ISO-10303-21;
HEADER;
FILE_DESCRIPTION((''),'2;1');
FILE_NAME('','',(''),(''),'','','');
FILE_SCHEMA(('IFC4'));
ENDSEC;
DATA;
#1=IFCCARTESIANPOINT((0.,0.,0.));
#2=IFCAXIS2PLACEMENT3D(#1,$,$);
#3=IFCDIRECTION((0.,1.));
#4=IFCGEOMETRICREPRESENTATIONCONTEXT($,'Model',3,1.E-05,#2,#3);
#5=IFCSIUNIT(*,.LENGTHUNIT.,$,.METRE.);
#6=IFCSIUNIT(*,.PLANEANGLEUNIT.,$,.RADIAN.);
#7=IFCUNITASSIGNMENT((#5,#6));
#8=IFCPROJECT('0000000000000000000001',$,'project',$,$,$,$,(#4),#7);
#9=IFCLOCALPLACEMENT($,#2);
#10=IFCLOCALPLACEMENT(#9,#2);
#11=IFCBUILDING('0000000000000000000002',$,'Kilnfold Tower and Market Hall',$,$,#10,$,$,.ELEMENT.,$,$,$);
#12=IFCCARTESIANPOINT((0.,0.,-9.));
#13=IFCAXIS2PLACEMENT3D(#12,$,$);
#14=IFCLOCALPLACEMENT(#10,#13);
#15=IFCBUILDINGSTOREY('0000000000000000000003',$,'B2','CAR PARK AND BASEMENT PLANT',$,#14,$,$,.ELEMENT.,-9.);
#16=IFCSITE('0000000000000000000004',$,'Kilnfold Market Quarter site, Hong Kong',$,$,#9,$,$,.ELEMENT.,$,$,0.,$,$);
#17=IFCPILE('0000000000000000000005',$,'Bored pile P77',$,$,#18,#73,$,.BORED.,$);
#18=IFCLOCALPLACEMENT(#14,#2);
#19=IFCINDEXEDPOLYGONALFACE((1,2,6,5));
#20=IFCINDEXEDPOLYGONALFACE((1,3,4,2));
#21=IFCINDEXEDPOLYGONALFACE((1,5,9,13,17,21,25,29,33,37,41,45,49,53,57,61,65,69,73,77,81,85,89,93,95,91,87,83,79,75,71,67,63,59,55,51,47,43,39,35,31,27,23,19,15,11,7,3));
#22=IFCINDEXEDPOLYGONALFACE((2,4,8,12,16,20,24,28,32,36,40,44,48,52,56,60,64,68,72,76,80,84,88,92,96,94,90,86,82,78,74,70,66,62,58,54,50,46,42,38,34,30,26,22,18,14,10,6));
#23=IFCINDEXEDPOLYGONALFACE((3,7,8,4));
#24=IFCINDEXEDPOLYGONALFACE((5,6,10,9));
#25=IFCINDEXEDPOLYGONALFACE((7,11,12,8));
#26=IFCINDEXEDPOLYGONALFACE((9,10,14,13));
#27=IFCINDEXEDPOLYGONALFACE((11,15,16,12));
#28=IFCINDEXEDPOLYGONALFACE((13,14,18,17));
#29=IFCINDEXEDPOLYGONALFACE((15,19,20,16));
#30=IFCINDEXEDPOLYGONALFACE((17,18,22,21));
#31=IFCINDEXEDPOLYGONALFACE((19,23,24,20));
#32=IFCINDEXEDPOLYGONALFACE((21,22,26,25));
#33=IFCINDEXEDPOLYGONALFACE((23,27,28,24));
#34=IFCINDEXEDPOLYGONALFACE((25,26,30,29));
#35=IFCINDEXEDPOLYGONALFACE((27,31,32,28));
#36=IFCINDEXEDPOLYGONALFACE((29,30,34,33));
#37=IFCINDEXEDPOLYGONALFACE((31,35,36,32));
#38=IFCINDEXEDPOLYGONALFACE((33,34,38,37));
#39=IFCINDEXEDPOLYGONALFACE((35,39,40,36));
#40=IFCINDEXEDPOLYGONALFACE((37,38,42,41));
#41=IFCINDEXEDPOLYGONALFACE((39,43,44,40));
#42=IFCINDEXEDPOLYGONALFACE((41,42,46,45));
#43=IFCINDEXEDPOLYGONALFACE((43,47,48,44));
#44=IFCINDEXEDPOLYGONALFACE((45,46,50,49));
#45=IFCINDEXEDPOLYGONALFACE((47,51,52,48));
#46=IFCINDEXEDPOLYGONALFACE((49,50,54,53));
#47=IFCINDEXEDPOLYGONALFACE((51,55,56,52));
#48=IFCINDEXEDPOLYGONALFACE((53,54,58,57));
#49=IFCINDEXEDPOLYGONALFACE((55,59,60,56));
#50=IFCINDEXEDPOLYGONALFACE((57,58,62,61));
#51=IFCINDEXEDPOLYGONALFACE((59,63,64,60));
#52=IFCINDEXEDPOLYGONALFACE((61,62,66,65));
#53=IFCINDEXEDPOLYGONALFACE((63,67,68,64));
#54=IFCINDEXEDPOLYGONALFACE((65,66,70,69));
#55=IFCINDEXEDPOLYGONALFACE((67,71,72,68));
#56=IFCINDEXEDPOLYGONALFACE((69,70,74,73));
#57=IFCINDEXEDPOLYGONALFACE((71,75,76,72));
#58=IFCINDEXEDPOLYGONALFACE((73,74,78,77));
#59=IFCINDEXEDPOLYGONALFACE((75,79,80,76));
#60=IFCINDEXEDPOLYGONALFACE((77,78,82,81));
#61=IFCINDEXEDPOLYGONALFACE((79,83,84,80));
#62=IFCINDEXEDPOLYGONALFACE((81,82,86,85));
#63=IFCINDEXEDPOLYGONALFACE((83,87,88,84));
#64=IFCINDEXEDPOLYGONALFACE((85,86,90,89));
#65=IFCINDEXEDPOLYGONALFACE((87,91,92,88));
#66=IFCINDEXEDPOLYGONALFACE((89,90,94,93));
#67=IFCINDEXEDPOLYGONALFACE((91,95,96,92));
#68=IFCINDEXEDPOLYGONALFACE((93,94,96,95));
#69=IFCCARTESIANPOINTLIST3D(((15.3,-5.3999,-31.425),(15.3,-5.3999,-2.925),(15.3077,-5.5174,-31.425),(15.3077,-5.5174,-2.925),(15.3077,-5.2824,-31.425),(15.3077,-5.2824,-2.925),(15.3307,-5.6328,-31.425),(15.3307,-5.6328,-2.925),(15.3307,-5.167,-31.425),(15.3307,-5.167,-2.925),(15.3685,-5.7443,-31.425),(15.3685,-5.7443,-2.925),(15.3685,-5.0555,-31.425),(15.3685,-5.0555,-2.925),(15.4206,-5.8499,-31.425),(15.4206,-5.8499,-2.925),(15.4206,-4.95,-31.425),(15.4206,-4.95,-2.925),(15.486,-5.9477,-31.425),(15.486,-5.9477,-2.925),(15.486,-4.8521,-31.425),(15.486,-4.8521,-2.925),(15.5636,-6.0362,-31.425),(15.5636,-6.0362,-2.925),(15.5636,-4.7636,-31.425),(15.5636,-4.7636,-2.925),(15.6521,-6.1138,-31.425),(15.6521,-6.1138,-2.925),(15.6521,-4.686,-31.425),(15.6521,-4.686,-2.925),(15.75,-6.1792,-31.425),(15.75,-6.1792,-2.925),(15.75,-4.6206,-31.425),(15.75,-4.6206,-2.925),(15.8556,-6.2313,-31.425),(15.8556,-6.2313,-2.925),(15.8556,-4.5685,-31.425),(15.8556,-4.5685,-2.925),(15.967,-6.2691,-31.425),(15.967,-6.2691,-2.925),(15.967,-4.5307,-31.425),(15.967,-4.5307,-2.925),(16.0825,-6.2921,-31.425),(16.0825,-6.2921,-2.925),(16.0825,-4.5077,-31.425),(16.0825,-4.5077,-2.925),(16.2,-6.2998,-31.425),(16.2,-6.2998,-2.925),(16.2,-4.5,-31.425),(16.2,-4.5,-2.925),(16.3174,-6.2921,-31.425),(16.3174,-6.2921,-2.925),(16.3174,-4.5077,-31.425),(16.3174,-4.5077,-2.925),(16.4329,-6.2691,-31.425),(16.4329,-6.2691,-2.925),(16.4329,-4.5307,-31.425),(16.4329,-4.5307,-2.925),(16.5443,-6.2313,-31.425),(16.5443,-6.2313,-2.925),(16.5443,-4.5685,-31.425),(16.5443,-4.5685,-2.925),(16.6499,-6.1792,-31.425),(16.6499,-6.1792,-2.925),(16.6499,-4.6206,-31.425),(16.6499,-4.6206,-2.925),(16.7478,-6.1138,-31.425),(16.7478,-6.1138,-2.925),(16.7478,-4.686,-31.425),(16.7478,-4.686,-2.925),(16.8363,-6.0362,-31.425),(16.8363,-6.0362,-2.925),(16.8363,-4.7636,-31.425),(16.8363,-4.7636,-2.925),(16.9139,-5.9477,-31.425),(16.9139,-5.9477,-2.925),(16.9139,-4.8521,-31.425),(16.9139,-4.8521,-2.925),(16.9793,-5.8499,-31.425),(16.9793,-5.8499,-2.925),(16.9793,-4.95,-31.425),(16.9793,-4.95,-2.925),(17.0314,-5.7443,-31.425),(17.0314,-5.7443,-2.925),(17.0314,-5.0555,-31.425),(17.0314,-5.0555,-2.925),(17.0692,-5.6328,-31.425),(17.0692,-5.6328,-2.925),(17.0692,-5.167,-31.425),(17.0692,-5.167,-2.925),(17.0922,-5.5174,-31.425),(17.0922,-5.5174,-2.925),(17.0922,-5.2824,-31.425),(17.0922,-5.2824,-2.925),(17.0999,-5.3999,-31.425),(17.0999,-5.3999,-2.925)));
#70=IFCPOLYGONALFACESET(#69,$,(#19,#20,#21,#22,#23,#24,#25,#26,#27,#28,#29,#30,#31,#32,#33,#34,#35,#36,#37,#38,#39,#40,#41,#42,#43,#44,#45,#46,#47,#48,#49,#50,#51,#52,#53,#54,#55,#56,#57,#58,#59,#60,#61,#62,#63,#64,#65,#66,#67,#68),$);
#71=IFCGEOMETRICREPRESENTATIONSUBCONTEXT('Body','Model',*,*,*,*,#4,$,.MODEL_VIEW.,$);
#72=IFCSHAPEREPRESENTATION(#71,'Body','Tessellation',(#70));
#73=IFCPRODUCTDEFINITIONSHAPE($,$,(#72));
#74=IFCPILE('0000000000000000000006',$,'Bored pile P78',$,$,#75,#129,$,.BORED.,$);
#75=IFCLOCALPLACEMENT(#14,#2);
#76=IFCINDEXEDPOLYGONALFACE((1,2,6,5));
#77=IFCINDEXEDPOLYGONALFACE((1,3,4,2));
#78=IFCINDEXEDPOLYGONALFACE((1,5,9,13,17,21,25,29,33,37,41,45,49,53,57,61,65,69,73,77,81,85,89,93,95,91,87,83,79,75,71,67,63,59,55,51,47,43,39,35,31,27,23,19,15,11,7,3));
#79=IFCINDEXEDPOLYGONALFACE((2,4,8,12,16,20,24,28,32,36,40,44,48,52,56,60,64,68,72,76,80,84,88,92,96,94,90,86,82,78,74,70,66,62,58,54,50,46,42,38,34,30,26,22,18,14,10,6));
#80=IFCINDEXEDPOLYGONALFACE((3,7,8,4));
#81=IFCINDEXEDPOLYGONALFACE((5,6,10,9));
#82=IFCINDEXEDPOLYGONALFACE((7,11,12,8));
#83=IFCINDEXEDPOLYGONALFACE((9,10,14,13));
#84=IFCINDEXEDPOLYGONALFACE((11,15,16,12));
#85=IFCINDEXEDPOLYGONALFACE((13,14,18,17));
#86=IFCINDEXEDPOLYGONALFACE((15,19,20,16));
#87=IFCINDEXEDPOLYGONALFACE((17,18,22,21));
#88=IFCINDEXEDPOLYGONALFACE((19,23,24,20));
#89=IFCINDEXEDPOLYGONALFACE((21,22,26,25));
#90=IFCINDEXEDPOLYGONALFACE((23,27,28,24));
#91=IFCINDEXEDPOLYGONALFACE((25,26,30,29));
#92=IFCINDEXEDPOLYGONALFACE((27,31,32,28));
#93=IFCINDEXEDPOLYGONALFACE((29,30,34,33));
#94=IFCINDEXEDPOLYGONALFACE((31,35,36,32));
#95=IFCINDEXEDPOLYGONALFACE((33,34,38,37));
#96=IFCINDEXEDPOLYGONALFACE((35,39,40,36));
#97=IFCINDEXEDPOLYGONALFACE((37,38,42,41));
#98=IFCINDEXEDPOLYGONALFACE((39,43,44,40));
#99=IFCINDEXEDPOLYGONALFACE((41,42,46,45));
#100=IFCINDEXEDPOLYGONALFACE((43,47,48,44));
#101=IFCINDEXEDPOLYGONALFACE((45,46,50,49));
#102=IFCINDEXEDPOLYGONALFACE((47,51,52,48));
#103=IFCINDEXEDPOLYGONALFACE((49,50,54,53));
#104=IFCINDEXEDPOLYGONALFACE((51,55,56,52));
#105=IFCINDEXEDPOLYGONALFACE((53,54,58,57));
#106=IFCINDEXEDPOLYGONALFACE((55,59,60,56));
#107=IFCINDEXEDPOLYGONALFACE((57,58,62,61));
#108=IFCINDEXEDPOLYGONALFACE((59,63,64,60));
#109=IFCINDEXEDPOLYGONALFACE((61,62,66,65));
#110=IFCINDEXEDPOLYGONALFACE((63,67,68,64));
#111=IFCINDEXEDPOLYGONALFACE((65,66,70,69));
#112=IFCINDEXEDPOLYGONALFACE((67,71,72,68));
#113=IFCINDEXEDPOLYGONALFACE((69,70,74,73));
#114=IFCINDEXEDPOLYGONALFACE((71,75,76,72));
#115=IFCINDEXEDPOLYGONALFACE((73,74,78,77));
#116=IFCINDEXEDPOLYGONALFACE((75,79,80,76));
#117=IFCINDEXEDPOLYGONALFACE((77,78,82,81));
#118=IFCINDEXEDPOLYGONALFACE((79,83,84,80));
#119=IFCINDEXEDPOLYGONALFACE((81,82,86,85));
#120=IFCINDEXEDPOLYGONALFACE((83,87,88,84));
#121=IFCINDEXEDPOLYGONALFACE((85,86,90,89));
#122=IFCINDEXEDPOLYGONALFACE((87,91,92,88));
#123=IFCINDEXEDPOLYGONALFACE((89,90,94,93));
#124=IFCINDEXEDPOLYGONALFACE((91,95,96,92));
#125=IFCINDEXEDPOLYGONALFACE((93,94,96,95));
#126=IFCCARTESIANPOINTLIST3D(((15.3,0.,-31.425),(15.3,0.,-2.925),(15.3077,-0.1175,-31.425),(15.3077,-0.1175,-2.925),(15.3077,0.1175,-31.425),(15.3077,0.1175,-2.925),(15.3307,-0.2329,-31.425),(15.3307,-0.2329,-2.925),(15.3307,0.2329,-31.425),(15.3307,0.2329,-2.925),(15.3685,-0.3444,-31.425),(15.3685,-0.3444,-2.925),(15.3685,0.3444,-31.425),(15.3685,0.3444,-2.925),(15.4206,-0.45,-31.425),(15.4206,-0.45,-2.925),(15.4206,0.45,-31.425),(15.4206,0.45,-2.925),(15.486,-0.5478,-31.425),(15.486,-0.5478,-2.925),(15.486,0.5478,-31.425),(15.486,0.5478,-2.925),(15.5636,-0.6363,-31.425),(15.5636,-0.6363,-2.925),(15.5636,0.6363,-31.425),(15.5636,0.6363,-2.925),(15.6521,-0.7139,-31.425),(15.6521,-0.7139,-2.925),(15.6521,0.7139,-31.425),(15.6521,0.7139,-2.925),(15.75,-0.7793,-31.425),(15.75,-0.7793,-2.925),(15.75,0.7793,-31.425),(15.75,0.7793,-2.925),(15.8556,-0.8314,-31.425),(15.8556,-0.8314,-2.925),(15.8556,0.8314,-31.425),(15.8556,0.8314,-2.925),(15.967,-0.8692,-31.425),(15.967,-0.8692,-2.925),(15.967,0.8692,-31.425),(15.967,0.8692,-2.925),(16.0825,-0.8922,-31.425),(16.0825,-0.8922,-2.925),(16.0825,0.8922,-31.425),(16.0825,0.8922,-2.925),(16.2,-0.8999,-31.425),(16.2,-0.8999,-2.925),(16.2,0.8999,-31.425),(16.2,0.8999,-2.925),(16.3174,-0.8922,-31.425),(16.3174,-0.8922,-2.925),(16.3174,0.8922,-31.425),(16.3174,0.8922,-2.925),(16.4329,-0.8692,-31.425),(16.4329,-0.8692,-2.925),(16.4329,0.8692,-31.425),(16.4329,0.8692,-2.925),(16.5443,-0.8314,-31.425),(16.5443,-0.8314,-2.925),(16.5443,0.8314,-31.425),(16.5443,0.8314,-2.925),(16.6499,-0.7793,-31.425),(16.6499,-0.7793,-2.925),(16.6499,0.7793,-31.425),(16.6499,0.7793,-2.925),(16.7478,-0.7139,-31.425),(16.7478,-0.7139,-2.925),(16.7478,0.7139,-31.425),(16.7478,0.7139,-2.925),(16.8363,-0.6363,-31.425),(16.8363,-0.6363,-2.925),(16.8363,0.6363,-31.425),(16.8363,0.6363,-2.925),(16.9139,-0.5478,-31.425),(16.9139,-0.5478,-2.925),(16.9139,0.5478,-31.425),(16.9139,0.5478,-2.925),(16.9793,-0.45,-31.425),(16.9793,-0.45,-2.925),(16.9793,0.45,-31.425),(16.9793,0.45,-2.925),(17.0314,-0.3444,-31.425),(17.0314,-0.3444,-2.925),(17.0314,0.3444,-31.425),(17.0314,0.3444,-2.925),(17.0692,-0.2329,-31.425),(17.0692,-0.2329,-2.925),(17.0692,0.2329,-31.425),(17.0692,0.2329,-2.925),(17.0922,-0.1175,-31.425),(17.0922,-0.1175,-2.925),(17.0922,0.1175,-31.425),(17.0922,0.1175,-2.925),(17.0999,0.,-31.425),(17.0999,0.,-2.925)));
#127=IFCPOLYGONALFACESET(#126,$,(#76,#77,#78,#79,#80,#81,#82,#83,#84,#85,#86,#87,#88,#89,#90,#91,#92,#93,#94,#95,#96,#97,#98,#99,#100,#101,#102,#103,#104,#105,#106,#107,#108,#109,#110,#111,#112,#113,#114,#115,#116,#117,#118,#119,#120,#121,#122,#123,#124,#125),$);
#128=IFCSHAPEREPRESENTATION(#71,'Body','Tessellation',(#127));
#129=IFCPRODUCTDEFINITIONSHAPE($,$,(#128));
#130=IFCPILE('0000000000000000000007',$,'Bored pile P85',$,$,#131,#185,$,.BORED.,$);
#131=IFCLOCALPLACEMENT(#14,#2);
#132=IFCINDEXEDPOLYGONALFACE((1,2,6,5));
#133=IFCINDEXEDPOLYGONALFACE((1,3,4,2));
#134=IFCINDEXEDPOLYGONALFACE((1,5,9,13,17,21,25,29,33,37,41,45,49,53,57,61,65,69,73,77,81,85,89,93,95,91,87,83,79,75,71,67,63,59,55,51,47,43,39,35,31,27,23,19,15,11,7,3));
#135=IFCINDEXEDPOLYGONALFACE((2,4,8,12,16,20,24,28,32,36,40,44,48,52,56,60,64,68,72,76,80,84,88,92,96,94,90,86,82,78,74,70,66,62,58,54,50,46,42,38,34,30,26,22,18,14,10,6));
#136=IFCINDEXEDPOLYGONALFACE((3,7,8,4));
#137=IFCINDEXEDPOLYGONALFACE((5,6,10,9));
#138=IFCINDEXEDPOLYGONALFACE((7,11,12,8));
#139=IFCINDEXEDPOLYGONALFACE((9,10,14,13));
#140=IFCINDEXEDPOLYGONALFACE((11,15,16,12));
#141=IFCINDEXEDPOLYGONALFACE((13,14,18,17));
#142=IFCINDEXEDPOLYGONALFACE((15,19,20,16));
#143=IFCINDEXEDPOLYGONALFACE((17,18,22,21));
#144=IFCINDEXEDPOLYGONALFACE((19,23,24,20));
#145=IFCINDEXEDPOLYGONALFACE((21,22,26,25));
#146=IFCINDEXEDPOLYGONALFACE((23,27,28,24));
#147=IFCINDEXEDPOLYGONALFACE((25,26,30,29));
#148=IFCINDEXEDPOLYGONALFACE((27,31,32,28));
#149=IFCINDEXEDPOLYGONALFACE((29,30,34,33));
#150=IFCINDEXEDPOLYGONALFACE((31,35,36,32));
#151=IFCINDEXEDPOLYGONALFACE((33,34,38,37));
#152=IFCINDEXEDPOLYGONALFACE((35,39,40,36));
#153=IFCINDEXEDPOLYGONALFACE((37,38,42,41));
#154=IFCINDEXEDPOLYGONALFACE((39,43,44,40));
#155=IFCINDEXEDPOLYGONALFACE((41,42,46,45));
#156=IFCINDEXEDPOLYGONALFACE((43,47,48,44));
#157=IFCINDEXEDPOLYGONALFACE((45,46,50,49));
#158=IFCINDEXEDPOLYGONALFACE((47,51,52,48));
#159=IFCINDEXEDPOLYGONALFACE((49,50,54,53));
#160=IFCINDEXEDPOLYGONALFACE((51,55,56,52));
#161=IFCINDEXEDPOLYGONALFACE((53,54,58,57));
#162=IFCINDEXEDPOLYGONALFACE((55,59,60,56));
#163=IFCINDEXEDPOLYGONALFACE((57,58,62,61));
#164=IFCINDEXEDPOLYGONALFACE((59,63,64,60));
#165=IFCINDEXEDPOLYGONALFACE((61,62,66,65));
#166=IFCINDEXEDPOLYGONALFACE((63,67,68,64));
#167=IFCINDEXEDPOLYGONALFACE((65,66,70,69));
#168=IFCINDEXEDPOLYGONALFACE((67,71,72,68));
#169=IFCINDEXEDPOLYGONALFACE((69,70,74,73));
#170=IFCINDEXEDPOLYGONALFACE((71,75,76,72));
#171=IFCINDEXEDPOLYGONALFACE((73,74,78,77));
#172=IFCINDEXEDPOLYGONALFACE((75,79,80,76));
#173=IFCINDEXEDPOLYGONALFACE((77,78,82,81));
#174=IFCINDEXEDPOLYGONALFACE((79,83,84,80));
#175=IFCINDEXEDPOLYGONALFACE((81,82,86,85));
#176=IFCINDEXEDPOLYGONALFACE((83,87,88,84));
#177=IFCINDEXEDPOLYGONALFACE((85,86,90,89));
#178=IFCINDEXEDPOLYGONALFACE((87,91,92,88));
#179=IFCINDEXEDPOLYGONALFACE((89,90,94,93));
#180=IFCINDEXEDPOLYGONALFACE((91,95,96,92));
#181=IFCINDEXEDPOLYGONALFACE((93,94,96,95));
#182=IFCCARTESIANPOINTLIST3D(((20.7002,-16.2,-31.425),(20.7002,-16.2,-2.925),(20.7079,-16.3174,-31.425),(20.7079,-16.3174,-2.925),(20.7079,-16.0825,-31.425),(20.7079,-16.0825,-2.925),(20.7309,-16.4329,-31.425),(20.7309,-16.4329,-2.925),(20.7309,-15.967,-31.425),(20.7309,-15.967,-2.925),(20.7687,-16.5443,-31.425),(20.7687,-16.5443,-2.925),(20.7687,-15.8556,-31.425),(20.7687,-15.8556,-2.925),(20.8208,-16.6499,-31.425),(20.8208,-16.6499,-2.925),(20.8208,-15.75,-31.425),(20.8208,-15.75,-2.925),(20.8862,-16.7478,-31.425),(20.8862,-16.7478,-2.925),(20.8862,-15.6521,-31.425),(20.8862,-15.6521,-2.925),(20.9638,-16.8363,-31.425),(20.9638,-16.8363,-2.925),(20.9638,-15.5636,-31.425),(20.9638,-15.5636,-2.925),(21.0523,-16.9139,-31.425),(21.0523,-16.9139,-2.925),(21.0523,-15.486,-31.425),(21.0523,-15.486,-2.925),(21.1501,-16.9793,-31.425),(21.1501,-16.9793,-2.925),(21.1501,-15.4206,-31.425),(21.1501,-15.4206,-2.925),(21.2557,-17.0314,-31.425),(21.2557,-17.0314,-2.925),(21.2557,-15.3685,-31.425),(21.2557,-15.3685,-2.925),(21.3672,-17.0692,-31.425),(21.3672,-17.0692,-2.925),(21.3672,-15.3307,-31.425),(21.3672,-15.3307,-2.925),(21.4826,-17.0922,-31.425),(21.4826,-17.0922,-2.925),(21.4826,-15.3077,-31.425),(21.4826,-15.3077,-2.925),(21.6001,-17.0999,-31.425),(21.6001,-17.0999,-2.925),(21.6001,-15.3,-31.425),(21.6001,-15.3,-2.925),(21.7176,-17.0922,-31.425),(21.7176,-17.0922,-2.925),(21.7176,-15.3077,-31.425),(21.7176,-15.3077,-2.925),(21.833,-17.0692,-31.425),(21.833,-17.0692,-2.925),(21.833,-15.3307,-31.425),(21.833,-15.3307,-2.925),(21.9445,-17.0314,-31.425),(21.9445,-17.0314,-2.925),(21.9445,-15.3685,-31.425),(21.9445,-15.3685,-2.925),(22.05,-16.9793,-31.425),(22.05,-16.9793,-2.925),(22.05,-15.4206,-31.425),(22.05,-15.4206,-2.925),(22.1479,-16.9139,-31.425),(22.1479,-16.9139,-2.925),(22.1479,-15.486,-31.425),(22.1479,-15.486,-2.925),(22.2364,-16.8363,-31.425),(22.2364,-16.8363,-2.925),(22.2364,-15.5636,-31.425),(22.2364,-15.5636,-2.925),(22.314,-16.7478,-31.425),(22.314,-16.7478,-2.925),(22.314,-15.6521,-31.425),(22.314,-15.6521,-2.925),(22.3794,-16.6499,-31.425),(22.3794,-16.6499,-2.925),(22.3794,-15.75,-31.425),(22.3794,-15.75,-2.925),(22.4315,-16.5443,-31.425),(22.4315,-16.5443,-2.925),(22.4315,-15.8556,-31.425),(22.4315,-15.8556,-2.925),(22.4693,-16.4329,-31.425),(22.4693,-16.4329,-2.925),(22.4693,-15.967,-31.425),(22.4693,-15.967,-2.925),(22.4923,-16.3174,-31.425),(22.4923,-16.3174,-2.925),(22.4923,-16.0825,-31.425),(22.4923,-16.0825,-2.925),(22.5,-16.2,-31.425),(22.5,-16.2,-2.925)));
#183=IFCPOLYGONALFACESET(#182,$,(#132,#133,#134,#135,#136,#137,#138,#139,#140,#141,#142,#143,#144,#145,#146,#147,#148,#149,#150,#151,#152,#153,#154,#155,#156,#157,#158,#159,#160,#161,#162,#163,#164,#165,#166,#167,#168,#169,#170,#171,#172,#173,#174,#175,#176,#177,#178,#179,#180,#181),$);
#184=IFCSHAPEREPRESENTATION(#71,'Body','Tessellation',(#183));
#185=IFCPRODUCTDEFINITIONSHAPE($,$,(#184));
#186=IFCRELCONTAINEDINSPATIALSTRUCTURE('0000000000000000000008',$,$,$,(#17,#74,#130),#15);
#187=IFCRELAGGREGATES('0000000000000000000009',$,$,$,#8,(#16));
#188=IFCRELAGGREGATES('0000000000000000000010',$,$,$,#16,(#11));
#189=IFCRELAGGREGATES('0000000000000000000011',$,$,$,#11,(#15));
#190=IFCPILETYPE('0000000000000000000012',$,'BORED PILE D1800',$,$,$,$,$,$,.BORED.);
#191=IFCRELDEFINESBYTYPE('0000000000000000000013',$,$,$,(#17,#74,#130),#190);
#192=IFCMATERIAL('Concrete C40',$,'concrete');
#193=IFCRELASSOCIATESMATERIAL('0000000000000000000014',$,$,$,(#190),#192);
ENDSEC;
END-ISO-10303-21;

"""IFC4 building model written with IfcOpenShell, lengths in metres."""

from ifc_helpers import new_model, si_unit, direction, frame, origin, origin_2d, place, context, subcontext, project, spatial, circle, extrude, source, transform, mapped, material, material_profile, profile_set, type_object, element, save


model = new_model("IFC4")

# Units and contexts
model_context = context("Model", 3, precision=1e-05, world=origin(), true_north=direction((0.0, 1.0)))
body_context = subcontext(model_context, "Body", "Model", "MODEL_VIEW")
ifc_project = project(units=[si_unit("LENGTHUNIT", "METRE"), si_unit("PLANEANGLEUNIT", "RADIAN")], contexts=[model_context])

# Site, building, storey
site_placement = place(None, origin())
site = spatial("IfcSite", under=ifc_project, at=site_placement, Name="Kilnfold Market Quarter site, Hong Kong", CompositionType="ELEMENT", RefElevation=0.0)
building_placement = place(site_placement, origin())
building = spatial("IfcBuilding", under=site, at=building_placement, Name="Kilnfold Tower and Market Hall", CompositionType="ELEMENT")
storey_placement = place(building_placement, frame((0.0, 0.0, -9.0)))
storey = spatial("IfcBuildingStorey", under=building, at=storey_placement, Name="B2", Description="CAR PARK AND BASEMENT PLANT", CompositionType="ELEMENT", Elevation=-9.0)

# Piles
ifc_material_1 = material(Name="Concrete C40", Category="concrete")
ifc_material_profile_1 = material_profile(ifc_material_1, circle(Radius=0.8999, at=origin_2d()), Name="RC D1800")
ifc_profile_set_1 = profile_set([ifc_material_profile_1], Name="Concrete C40")
pile_type = type_object("IfcPileType", Name="BORED PILE D1800", PredefinedType="BORED", material=ifc_profile_set_1)
shared_shape_1 = source(origin(), body_context, "Body", "SweptSolid", [
    extrude(circle(Radius=0.8999, at=origin_2d()), origin(), (0.0, 0.0, 1.0), 28.5),
])
for number, where, z_axis, x_axis, name in (
    (1, (16.2, -5.3999, -2.925), (0.0, 0.0, -1.0), (1.0, 0.0, 0.0), "Bored pile P77"),
    (2, (16.2, 0.0, -2.925), (0.0, 0.0, -1.0), (1.0, 0.0, 0.0), "Bored pile P78"),
    (3, (21.6001, -16.2, -2.925), (0.0, 0.0, -1.0), (1.0, 0.0, 0.0), "Bored pile P85"),
):
    element("IfcPile", number, at=place(storey_placement, frame(where, z_axis=z_axis, x_axis=x_axis)), inside=storey, type_object=pile_type, Name=name, PredefinedType="BORED", context=body_context, shape_type="MappedRepresentation", body=[
        mapped(shared_shape_1, transform((0.0, 0.0, 0.0))),
    ])

save(model, "model.ifc")
